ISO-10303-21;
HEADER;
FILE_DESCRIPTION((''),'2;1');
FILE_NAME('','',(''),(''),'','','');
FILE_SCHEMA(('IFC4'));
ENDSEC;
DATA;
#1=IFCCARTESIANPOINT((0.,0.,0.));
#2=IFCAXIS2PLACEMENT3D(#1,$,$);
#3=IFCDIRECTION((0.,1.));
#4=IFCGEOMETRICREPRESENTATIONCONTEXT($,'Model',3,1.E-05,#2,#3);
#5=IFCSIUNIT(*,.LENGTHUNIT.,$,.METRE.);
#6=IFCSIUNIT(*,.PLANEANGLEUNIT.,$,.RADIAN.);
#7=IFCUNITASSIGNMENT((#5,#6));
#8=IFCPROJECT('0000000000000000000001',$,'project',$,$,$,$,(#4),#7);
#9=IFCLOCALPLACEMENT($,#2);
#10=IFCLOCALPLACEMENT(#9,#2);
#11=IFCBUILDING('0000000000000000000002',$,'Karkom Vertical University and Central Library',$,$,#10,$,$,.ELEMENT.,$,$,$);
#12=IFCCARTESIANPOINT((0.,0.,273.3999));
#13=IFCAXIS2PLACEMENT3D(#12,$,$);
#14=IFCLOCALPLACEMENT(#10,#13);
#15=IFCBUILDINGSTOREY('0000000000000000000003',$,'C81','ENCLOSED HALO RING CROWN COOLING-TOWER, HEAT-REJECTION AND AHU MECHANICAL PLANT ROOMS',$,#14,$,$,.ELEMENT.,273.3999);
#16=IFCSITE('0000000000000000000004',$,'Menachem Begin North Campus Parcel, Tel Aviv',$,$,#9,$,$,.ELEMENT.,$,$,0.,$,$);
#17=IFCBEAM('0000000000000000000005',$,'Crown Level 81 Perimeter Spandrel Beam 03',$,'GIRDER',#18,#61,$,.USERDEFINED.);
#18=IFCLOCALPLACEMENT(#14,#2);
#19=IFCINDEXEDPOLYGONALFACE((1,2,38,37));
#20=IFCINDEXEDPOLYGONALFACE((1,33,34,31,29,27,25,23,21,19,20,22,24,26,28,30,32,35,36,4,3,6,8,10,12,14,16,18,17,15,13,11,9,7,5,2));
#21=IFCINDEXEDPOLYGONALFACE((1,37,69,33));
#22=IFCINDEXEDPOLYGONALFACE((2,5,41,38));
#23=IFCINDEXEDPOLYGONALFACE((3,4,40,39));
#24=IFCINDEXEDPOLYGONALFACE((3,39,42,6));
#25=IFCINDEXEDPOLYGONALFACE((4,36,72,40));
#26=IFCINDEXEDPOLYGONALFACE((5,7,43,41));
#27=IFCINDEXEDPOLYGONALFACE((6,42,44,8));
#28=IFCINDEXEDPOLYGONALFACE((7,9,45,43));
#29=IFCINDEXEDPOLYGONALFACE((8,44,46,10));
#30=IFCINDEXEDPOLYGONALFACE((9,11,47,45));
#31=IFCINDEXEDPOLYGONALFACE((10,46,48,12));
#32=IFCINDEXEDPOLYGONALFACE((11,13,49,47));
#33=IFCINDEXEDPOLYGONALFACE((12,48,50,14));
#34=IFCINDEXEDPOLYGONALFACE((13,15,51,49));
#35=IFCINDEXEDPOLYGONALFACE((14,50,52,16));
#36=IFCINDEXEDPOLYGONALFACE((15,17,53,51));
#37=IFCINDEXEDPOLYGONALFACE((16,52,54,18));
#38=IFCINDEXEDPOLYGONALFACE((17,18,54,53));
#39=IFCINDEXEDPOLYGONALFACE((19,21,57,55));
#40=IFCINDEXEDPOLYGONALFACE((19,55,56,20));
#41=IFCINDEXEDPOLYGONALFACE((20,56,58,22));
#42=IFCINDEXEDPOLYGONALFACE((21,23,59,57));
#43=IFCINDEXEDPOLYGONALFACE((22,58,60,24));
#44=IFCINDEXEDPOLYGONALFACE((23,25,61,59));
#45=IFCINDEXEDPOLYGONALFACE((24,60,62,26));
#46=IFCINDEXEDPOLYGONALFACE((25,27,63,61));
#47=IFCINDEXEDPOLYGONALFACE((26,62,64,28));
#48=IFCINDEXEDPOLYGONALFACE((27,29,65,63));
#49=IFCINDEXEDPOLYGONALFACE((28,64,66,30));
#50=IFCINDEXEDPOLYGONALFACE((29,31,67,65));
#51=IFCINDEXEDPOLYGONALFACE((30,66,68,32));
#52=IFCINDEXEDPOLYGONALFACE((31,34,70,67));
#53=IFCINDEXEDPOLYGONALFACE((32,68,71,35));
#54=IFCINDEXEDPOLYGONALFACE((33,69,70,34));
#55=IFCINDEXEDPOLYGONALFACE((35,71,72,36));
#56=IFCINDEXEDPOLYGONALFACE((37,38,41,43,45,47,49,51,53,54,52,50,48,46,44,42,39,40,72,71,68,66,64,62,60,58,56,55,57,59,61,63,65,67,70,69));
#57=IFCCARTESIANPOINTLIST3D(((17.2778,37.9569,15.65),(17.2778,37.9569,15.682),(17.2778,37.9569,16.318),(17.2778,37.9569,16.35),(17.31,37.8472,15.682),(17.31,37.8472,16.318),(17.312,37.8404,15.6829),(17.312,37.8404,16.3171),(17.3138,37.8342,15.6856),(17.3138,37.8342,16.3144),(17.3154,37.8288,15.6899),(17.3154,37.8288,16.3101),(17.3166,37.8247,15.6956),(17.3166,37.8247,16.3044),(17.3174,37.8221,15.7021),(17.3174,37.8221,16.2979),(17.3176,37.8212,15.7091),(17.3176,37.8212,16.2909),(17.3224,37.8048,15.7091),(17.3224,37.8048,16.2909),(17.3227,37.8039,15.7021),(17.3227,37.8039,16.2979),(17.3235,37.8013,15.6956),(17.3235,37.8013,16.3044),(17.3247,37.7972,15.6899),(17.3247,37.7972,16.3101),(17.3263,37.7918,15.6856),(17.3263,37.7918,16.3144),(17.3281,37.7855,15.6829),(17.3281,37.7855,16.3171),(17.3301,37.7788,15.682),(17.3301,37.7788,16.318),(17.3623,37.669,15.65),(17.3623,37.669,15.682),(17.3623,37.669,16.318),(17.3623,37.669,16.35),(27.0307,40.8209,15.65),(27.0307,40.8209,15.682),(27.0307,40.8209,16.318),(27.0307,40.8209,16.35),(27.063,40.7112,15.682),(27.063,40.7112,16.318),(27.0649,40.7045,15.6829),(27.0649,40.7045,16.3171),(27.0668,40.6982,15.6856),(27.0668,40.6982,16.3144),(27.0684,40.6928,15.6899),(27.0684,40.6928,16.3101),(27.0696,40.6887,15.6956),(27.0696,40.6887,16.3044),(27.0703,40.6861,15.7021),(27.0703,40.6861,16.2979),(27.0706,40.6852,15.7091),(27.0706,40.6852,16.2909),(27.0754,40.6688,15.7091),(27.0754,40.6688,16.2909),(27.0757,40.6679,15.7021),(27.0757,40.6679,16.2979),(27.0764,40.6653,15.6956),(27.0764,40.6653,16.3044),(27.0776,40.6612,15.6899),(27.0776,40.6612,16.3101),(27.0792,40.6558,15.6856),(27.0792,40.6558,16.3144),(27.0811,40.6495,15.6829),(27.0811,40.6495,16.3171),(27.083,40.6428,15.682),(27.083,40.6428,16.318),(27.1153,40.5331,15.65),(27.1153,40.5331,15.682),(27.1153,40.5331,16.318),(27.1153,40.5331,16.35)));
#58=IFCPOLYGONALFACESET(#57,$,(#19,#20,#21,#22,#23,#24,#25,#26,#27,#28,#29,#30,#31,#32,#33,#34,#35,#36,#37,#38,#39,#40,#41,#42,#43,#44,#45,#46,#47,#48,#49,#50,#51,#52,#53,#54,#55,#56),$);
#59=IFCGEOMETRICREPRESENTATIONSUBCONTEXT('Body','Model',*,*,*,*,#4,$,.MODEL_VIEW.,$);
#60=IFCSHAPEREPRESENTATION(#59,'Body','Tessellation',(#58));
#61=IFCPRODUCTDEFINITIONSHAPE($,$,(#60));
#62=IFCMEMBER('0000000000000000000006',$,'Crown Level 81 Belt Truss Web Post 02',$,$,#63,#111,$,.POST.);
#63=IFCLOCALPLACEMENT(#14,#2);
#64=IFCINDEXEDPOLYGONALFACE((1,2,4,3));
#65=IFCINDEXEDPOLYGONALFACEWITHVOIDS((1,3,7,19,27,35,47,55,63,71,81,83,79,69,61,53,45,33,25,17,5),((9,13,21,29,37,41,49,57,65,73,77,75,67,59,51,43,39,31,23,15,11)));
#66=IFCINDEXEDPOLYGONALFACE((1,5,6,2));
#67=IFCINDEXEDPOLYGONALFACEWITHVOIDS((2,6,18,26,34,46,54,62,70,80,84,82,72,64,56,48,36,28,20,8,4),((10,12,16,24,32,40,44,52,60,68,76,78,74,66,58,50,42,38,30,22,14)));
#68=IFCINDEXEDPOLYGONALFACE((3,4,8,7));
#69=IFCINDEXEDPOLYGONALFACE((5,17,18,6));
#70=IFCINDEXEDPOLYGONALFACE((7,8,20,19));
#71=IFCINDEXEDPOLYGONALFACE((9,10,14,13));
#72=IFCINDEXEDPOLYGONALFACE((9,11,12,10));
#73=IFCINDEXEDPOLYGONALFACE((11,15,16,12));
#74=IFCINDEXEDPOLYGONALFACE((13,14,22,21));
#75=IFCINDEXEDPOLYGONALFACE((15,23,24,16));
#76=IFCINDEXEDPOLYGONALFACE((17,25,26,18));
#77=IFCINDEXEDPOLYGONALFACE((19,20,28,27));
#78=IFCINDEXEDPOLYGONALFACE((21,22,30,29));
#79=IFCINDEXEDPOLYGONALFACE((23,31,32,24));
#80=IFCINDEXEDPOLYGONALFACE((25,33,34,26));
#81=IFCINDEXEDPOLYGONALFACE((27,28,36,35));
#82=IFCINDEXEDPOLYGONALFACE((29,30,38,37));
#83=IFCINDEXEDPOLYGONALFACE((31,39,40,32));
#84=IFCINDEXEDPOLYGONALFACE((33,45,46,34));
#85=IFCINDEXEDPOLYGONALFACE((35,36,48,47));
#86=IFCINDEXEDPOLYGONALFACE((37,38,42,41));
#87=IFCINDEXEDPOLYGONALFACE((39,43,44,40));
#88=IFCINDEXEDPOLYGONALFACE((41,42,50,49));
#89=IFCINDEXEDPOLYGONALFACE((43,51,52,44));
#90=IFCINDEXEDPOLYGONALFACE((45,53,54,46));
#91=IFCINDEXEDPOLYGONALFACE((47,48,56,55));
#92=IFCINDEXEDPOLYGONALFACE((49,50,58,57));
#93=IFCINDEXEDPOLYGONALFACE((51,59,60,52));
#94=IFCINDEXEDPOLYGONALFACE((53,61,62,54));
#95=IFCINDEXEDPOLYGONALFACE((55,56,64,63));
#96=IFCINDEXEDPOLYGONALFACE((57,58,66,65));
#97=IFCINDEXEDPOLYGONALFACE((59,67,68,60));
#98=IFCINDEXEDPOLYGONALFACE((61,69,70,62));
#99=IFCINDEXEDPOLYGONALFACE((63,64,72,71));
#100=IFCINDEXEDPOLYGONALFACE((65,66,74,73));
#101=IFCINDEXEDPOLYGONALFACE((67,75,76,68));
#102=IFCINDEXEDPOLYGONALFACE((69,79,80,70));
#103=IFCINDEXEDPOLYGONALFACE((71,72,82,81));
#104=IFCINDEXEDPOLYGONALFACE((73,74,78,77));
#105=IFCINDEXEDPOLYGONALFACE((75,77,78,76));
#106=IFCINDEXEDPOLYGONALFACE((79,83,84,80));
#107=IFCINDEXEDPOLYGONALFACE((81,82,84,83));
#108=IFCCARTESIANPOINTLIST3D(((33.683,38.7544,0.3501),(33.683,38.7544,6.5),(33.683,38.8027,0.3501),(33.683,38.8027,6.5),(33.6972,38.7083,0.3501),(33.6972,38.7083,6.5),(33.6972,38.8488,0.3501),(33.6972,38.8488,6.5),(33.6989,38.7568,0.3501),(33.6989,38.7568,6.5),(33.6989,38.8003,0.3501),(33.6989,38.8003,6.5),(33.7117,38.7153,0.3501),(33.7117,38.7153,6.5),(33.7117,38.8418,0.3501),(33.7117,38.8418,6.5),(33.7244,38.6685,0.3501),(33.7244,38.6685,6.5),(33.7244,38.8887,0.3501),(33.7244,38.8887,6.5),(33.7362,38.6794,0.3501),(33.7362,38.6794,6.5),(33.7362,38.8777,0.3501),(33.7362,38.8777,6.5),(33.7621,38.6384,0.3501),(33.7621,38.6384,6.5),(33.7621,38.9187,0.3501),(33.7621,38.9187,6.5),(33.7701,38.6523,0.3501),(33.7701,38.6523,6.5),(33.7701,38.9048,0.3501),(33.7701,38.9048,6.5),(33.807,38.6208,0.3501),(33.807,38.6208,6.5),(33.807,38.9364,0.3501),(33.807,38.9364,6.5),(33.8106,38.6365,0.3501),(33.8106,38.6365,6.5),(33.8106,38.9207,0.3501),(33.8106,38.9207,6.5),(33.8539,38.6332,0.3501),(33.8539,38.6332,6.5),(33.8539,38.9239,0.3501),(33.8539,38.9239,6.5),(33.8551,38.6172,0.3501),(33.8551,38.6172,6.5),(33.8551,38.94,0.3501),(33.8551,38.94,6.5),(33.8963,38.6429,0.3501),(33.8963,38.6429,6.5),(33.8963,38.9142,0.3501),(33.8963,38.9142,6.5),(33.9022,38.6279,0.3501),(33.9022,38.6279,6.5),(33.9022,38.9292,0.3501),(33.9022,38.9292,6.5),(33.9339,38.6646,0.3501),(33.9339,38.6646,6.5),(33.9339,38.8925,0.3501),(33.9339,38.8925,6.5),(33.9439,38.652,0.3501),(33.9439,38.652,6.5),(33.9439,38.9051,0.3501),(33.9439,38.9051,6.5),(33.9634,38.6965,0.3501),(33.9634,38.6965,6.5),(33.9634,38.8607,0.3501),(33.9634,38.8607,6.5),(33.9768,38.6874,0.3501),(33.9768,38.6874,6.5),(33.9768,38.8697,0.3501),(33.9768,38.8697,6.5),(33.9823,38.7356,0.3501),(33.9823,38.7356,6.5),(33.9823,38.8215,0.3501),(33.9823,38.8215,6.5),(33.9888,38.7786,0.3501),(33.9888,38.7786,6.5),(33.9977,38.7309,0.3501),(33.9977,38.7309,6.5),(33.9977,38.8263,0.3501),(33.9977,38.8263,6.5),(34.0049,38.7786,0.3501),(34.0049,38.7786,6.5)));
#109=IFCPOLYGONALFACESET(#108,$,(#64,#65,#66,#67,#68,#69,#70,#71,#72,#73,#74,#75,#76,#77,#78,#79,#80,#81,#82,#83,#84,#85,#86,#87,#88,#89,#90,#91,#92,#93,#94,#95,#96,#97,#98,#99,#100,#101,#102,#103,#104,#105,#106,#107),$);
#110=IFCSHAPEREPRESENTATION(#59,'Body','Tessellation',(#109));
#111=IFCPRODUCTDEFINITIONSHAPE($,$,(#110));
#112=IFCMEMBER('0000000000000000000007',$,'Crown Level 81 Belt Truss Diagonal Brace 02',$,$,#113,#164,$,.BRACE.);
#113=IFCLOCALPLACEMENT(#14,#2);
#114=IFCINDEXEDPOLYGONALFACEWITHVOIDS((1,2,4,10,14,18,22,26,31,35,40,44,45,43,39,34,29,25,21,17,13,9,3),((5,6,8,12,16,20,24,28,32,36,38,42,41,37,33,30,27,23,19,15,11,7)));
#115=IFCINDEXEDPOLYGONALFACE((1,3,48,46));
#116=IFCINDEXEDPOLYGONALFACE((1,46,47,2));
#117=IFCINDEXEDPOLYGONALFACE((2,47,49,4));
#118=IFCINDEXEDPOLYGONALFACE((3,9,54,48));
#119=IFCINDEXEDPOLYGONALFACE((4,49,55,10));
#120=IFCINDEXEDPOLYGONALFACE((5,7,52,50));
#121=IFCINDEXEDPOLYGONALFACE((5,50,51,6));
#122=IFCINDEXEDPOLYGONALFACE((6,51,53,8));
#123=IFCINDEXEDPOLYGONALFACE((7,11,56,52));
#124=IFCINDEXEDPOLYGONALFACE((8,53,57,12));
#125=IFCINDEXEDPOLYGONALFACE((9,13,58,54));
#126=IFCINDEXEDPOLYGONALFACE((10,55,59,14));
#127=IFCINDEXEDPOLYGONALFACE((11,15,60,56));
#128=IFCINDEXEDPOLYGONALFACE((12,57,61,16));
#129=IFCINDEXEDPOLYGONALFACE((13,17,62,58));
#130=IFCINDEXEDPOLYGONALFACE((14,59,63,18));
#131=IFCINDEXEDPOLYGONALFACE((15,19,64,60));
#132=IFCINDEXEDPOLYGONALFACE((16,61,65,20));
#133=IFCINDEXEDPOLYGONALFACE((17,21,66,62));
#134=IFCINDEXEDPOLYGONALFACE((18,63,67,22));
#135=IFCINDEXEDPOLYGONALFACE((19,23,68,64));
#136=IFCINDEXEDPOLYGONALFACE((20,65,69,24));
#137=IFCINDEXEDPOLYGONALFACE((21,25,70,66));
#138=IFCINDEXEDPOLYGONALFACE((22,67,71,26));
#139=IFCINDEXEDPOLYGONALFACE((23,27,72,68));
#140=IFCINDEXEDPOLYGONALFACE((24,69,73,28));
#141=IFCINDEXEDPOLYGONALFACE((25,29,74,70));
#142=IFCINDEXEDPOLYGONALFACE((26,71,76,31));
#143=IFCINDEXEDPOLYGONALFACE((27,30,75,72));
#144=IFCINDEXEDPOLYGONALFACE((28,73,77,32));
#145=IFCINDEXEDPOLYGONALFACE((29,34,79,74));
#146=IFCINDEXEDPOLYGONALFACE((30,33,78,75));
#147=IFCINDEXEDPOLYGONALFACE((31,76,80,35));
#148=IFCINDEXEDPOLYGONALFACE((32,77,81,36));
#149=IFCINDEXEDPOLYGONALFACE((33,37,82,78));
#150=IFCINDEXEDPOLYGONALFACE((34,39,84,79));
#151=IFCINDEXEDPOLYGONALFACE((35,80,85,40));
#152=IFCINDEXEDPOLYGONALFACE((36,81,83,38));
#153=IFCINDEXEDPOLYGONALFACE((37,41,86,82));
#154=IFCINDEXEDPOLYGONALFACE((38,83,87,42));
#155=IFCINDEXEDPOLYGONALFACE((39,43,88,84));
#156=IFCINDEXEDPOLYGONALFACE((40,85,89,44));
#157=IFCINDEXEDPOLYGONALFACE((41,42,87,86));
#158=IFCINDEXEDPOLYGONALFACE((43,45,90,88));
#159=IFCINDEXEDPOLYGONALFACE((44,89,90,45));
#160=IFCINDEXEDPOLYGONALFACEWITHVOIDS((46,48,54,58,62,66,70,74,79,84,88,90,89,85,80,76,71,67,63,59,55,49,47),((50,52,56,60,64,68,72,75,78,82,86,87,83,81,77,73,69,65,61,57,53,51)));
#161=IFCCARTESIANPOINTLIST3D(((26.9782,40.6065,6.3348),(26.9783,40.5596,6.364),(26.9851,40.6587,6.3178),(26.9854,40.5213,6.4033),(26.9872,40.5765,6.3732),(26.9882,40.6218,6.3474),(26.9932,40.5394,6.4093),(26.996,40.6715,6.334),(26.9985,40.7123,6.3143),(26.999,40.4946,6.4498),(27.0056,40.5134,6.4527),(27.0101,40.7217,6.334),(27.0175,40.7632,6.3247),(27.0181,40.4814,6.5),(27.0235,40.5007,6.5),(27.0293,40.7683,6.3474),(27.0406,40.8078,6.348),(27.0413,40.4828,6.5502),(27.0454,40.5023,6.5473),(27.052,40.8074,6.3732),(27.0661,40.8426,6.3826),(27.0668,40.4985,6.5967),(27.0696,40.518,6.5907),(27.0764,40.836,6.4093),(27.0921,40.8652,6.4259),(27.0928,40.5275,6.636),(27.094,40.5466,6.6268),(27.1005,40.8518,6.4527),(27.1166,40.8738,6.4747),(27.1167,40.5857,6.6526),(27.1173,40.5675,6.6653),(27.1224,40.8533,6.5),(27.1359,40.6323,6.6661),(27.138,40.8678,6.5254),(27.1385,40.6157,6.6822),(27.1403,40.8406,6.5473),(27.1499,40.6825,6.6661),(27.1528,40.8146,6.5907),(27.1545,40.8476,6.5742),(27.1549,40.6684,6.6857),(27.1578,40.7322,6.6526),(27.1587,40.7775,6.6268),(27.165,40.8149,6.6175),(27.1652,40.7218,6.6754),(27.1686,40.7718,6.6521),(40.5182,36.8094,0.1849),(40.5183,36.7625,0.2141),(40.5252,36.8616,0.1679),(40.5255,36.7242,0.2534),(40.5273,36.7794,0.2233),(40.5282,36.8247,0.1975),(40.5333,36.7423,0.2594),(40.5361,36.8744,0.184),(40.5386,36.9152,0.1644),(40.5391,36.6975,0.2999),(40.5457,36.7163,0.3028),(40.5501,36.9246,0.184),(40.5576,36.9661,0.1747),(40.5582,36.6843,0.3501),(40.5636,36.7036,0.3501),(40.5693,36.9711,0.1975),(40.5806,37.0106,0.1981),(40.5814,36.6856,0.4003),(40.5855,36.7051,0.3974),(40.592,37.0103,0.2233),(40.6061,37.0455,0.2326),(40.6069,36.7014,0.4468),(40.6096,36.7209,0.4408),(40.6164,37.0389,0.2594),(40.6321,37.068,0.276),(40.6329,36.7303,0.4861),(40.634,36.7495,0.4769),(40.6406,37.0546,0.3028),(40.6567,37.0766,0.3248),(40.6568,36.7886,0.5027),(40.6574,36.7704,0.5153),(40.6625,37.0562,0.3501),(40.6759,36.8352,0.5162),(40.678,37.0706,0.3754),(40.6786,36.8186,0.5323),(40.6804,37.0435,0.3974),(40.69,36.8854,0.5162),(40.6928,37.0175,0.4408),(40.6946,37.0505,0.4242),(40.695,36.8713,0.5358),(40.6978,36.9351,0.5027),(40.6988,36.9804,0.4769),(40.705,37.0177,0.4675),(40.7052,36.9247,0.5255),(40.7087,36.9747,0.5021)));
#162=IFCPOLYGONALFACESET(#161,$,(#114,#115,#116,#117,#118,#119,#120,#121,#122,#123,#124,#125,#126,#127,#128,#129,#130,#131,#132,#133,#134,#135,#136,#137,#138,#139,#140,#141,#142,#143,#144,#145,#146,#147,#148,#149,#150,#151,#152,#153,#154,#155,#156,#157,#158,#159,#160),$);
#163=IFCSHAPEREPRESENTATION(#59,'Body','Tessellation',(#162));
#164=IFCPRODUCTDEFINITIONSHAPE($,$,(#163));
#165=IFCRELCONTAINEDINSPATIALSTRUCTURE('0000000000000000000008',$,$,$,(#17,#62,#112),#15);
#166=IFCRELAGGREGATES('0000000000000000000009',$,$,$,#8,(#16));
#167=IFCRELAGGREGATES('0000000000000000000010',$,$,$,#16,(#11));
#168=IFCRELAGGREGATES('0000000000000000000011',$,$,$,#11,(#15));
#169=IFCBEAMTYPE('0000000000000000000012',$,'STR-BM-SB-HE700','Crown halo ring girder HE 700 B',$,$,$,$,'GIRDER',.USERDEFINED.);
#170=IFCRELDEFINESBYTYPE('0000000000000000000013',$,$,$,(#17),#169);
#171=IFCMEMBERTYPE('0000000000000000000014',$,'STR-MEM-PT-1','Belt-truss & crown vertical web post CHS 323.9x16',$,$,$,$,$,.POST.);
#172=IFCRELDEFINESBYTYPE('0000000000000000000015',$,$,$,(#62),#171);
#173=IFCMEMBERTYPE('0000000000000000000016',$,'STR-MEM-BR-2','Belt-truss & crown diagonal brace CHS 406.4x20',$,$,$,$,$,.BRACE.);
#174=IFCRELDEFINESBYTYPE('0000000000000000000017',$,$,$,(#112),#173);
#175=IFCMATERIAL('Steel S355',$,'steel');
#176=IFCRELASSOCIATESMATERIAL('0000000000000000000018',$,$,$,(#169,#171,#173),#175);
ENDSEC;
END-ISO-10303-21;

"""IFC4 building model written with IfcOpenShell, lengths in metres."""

from ifc_helpers import new_model, si_unit, direction, frame, origin, origin_with_axes, origin_2d, place, context, subcontext, project, spatial, hollow_circle, i_section, extrude, source, transform, mapped, material, material_profile, profile_set, type_object, element, save


model = new_model("IFC4")

# Units and contexts
model_context = context("Model", 3, precision=1e-05, world=origin(), true_north=direction((0.0, 1.0)))
body_context = subcontext(model_context, "Body", "Model", "MODEL_VIEW")
ifc_project = project(units=[si_unit("LENGTHUNIT", "METRE"), si_unit("PLANEANGLEUNIT", "RADIAN")], contexts=[model_context])

# Site, building, storey
site_placement = place(None, origin())
site = spatial("IfcSite", under=ifc_project, at=site_placement, Name="Menachem Begin North Campus Parcel, Tel Aviv", CompositionType="ELEMENT", RefElevation=0.0)
building_placement = place(site_placement, origin())
building = spatial("IfcBuilding", under=site, at=building_placement, Name="Karkom Vertical University and Central Library", CompositionType="ELEMENT")
storey_placement = place(building_placement, frame((0.0, 0.0, 273.3999)))
storey = spatial("IfcBuildingStorey", under=building, at=storey_placement, Name="C81", Description="ENCLOSED HALO RING CROWN COOLING-TOWER, HEAT-REJECTION AND AHU MECHANICAL PLANT ROOMS", CompositionType="ELEMENT", Elevation=273.3999)

# Shared definitions
ifc_material_1 = material(Name="Steel S355", Category="steel")

# Beam
ifc_material_profile_1 = material_profile(ifc_material_1, i_section(OverallWidth=0.3, OverallDepth=0.7, WebThickness=0.0171, FlangeThickness=0.032, FilletRadius=0.0271, at=origin_2d()), Name="HE 700 B")
ifc_profile_set_1 = profile_set([ifc_material_profile_1], Name="Steel S355")
beam_type_1 = type_object("IfcBeamType", Name="STR-BM-SB-HE700", Description="Crown halo ring girder HE 700 B", ElementType="GIRDER", PredefinedType="USERDEFINED", material=ifc_profile_set_1)
shared_shape_1 = source(origin_with_axes(), body_context, "Body", "SweptSolid", [
    extrude(i_section(OverallWidth=0.3, OverallDepth=0.7, WebThickness=0.0171, FlangeThickness=0.032, FilletRadius=0.0271, at=origin_2d()), origin(), (0.0, 0.0, 1.0), 10.1648),
])
beam_1_placement = place(storey_placement, frame((27.073, 40.677, 16.0), z_axis=(-0.959485, -0.281759, 0.0), x_axis=(0.281759, -0.959485, 0.0)))
element("IfcBeam", 1, at=beam_1_placement, inside=storey, type_object=beam_type_1, Name="Crown Level 81 Perimeter Spandrel Beam 03", ObjectType="GIRDER", PredefinedType="USERDEFINED", context=body_context, shape_type="MappedRepresentation", body=[
    mapped(shared_shape_1, transform((0.0, 0.0, 0.0), scale=1.0)),
])

# Members
ifc_material_profile_2 = material_profile(ifc_material_1, hollow_circle(Radius=0.1619, WallThickness=0.0161, at=origin_2d()), Name="CHS 323.9x16")
ifc_profile_set_2 = profile_set([ifc_material_profile_2], Name="Steel S355")
member_type_1 = type_object("IfcMemberType", Name="STR-MEM-PT-1", Description="Belt-truss & crown vertical web post CHS 323.9x16", PredefinedType="POST", material=ifc_profile_set_2)
shared_shape_2 = source(origin_with_axes(), body_context, "Body", "SweptSolid", [
    extrude(hollow_circle(Radius=0.1619, WallThickness=0.0161, at=origin_2d()), origin(), (0.0, 0.0, 1.0), 6.1499),
])
member_1_placement = place(storey_placement, frame((33.843, 38.7786, 0.3501), z_axis=(0.0, 0.0, 1.0), x_axis=(1.0, 0.0, 0.0)))
element("IfcMember", 2, at=member_1_placement, inside=storey, type_object=member_type_1, Name="Crown Level 81 Belt Truss Web Post 02", PredefinedType="POST", context=body_context, shape_type="MappedRepresentation", body=[
    mapped(shared_shape_2, transform((0.0, 0.0, 0.0), scale=1.0)),
])
ifc_material_profile_3 = material_profile(ifc_material_1, hollow_circle(Radius=0.2031, WallThickness=0.02, at=origin_2d()), Name="CHS 406.4x20")
ifc_profile_set_3 = profile_set([ifc_material_profile_3], Name="Steel S355")
member_type_2 = type_object("IfcMemberType", Name="STR-MEM-BR-2", Description="Belt-truss & crown diagonal brace CHS 406.4x20", PredefinedType="BRACE", material=ifc_profile_set_3)
shared_shape_3 = source(origin_with_axes(), body_context, "Body", "SweptSolid", [
    extrude(hollow_circle(Radius=0.2031, WallThickness=0.02, at=origin_2d()), origin(), (0.0, 0.0, 1.0), 15.3484),
])
member_2_placement = place(storey_placement, frame((40.613, 36.8799, 0.3501), z_axis=(-0.882182, 0.247396, 0.400688), x_axis=(-0.27002, -0.962855, 0.0)))
element("IfcMember", 3, at=member_2_placement, inside=storey, type_object=member_type_2, Name="Crown Level 81 Belt Truss Diagonal Brace 02", PredefinedType="BRACE", context=body_context, shape_type="MappedRepresentation", body=[
    mapped(shared_shape_3, transform((0.0, 0.0, 0.0), scale=1.0)),
])

save(model, "model.ifc")
